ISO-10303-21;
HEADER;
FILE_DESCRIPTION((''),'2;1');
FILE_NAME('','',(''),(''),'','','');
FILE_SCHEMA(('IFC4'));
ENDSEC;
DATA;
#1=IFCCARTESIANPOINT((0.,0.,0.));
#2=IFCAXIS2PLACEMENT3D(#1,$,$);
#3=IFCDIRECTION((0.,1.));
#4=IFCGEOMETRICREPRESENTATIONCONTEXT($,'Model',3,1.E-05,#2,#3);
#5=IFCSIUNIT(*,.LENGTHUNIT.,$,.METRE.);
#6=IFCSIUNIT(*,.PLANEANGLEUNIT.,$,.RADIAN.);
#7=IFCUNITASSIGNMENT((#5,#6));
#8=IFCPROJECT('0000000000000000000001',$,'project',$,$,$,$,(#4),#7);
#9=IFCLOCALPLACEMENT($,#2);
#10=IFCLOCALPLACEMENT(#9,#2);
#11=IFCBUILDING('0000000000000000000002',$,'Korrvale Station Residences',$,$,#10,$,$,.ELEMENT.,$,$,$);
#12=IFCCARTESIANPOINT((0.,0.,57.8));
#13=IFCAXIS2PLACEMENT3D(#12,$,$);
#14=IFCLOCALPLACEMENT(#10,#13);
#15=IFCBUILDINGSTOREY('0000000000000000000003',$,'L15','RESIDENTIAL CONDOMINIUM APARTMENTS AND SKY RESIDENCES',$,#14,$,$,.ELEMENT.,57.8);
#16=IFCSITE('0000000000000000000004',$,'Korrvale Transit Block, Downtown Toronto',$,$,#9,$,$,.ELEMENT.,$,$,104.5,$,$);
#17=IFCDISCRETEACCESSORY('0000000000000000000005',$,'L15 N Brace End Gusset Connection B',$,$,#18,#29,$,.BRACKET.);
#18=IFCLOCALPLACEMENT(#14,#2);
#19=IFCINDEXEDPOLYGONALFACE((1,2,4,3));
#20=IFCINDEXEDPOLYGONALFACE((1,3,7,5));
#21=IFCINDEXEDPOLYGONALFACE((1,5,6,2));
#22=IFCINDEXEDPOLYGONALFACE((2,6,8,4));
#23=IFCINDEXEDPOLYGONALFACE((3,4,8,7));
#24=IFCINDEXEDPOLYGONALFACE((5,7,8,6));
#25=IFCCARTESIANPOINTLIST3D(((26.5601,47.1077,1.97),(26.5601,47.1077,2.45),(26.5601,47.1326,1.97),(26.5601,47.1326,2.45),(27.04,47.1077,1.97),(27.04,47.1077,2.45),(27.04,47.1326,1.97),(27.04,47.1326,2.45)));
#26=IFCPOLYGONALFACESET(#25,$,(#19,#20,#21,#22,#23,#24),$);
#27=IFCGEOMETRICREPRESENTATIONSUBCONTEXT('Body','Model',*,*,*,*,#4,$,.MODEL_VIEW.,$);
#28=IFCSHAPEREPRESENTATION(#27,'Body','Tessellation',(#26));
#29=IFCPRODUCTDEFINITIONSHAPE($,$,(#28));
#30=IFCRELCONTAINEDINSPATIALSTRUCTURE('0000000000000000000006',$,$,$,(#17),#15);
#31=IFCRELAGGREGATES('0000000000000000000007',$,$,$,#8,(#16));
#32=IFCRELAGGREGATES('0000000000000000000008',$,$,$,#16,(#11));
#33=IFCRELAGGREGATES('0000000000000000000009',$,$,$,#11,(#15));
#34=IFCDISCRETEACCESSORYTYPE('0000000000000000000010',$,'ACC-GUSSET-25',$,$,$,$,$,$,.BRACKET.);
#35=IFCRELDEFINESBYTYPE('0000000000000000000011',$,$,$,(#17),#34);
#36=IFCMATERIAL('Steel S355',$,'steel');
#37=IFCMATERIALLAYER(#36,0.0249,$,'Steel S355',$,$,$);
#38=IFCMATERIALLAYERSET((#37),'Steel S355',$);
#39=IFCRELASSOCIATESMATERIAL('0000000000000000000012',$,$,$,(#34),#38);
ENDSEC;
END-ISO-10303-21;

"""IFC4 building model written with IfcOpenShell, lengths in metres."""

from ifc_helpers import new_model, si_unit, direction, frame, origin, origin_2d, place, context, subcontext, project, spatial, rectangle, extrude, material, layer, layer_set, type_object, element, save


model = new_model("IFC4")

# Units and contexts
model_context = context("Model", 3, precision=1e-05, world=origin(), true_north=direction((0.0, 1.0)))
body_context = subcontext(model_context, "Body", "Model", "MODEL_VIEW")
ifc_project = project(units=[si_unit("LENGTHUNIT", "METRE"), si_unit("PLANEANGLEUNIT", "RADIAN")], contexts=[model_context])

# Site, building, storey
site_placement = place(None, origin())
site = spatial("IfcSite", under=ifc_project, at=site_placement, Name="Korrvale Transit Block, Downtown Toronto", CompositionType="ELEMENT", RefElevation=104.5)
building_placement = place(site_placement, origin())
building = spatial("IfcBuilding", under=site, at=building_placement, Name="Korrvale Station Residences", CompositionType="ELEMENT")
storey_placement = place(building_placement, frame((0.0, 0.0, 57.8)))
storey = spatial("IfcBuildingStorey", under=building, at=storey_placement, Name="L15", Description="RESIDENTIAL CONDOMINIUM APARTMENTS AND SKY RESIDENCES", CompositionType="ELEMENT", Elevation=57.8)

# Shared definitions
ifc_material_1 = material(Name="Steel S355", Category="steel")

# Discrete accessory
ifc_layer_1 = layer(ifc_material_1, 0.0249, Name="Steel S355")
ifc_layer_set_1 = layer_set([ifc_layer_1], Name="Steel S355")
discrete_accessory_type = type_object("IfcDiscreteAccessoryType", Name="ACC-GUSSET-25", PredefinedType="BRACKET", material=ifc_layer_set_1)
for number, where, z_axis, x_axis, name in (
    (1, (26.8, 47.1201, 1.97), (0.0, 0.0, 1.0), (1.0, 0.0, 0.0), "L15 N Brace End Gusset Connection B"),
):
    element("IfcDiscreteAccessory", number, at=place(storey_placement, frame(where, z_axis=z_axis, x_axis=x_axis)), inside=storey, type_object=discrete_accessory_type, Name=name, PredefinedType="BRACKET", context=body_context, shape_type="SweptSolid", body=[
        extrude(rectangle(XDim=0.48, YDim=0.0249, at=origin_2d()), origin(), (0.0, 0.0, 1.0), 0.48),
    ])

save(model, "model.ifc")
